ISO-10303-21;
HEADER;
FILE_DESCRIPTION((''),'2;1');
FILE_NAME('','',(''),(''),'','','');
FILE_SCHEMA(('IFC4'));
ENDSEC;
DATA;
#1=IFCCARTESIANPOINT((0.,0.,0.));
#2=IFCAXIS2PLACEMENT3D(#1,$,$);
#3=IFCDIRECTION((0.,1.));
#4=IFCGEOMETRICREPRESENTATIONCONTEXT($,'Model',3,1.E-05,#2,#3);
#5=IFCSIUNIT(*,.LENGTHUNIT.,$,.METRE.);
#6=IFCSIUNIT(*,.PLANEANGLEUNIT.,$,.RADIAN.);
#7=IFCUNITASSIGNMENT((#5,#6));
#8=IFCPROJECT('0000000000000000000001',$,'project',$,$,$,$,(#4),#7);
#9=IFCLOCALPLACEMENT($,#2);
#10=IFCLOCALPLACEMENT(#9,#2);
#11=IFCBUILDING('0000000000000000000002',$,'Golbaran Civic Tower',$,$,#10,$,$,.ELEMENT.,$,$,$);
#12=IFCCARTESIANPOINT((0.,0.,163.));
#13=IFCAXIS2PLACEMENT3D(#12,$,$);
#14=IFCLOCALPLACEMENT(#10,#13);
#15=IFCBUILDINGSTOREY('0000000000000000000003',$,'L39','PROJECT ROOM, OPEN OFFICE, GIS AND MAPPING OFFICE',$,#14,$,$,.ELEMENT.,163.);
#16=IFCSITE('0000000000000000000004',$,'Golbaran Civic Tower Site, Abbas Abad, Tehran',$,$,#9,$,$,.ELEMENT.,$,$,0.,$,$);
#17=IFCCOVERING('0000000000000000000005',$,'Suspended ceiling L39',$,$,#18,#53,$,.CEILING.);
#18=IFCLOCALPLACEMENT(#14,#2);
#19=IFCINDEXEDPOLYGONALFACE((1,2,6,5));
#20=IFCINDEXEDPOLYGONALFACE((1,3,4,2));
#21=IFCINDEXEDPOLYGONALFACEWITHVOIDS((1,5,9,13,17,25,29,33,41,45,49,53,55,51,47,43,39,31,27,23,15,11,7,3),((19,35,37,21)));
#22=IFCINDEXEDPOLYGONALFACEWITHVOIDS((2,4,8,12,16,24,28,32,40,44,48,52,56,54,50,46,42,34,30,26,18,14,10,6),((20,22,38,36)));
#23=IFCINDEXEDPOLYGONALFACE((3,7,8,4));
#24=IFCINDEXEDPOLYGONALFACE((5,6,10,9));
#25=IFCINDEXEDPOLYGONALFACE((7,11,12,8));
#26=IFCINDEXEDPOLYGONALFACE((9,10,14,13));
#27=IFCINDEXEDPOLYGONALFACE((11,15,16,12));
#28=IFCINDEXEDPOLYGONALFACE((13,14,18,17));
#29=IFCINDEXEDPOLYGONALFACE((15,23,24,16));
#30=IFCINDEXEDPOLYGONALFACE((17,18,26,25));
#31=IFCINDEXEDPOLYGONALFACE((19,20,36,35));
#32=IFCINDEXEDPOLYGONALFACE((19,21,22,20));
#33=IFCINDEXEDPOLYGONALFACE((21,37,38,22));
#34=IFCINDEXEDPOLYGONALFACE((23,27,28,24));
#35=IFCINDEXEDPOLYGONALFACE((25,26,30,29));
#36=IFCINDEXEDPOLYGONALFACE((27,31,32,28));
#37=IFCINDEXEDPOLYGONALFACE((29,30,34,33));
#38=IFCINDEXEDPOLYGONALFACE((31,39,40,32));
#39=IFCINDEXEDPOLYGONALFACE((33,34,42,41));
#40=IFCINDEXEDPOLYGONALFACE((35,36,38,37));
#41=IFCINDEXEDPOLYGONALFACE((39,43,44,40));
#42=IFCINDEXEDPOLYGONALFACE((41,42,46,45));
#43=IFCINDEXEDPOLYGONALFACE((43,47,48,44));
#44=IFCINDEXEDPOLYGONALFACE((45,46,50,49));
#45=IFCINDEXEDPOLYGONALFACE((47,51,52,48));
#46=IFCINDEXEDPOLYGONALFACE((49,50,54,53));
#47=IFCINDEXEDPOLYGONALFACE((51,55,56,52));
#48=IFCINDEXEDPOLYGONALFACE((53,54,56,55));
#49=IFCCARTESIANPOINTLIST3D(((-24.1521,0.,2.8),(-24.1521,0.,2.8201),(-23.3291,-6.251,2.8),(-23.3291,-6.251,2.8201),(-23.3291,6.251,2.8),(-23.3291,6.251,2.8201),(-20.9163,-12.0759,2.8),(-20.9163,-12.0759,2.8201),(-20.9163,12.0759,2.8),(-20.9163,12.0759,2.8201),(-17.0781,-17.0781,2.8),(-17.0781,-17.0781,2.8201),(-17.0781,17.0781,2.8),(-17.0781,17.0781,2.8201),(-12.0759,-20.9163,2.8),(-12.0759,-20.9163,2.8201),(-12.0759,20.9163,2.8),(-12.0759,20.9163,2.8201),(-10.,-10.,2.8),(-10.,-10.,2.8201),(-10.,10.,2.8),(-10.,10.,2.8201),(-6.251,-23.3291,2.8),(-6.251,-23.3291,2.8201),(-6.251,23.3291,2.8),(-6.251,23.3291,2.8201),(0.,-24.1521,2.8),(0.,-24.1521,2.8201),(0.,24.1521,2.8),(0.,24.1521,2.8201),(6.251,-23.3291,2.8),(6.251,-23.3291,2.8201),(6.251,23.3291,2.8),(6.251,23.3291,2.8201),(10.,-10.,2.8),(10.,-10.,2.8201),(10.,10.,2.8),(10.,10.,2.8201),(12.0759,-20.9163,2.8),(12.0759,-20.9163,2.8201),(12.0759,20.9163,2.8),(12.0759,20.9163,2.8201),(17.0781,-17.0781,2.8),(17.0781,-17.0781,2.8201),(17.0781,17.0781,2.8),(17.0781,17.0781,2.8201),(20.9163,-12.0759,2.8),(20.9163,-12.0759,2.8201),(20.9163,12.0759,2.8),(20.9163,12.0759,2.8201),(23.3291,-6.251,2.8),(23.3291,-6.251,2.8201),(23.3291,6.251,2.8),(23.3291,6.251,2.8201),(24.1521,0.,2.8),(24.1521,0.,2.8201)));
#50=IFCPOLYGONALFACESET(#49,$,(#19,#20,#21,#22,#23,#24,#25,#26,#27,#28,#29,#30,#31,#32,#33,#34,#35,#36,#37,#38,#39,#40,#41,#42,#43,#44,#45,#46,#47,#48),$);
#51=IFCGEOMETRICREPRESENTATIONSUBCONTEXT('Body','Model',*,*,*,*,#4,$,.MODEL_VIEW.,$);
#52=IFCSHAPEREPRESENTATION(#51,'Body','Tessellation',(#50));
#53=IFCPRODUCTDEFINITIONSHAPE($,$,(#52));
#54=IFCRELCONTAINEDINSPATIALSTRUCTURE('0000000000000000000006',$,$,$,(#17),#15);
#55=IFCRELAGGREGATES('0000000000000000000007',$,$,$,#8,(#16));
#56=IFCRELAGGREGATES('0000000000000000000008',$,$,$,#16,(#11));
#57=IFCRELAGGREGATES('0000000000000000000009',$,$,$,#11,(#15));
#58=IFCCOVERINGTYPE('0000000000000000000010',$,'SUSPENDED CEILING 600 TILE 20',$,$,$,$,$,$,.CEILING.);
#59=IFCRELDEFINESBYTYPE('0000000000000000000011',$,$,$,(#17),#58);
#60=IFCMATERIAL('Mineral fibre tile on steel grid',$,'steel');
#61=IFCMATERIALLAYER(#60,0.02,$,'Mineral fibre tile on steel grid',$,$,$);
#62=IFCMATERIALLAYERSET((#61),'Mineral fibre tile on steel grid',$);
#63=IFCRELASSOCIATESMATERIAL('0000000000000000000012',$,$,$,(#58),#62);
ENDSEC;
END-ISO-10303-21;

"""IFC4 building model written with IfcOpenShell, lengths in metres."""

from ifc_helpers import new_model, si_unit, direction, frame, origin, place, context, subcontext, project, spatial, polyline, outline, extrude, material, layer, layer_set, type_object, element, save


model = new_model("IFC4")

# Units and contexts
model_context = context("Model", 3, precision=1e-05, world=origin(), true_north=direction((0.0, 1.0)))
body_context = subcontext(model_context, "Body", "Model", "MODEL_VIEW")
ifc_project = project(units=[si_unit("LENGTHUNIT", "METRE"), si_unit("PLANEANGLEUNIT", "RADIAN")], contexts=[model_context])

# Site, building, storey
site_placement = place(None, origin())
site = spatial("IfcSite", under=ifc_project, at=site_placement, Name="Golbaran Civic Tower Site, Abbas Abad, Tehran", CompositionType="ELEMENT", RefElevation=0.0)
building_placement = place(site_placement, origin())
building = spatial("IfcBuilding", under=site, at=building_placement, Name="Golbaran Civic Tower", CompositionType="ELEMENT")
storey_placement = place(building_placement, frame((0.0, 0.0, 163.0)))
storey = spatial("IfcBuildingStorey", under=building, at=storey_placement, Name="L39", Description="PROJECT ROOM, OPEN OFFICE, GIS AND MAPPING OFFICE", CompositionType="ELEMENT", Elevation=163.0)

# Covering
ifc_material_1 = material(Name="Mineral fibre tile on steel grid", Category="steel")
ifc_layer_1 = layer(ifc_material_1, 0.02, Name="Mineral fibre tile on steel grid")
ifc_layer_set_1 = layer_set([ifc_layer_1], Name="Mineral fibre tile on steel grid")
covering_type = type_object("IfcCoveringType", Name="SUSPENDED CEILING 600 TILE 20", PredefinedType="CEILING", material=ifc_layer_set_1)
covering_placement = place(storey_placement, frame((0.0, 0.0, 2.8)))
element("IfcCovering", 1, at=covering_placement, inside=storey, type_object=covering_type, Name="Suspended ceiling L39", PredefinedType="CEILING", context=body_context, shape_type="SweptSolid", body=[
    extrude(outline(polyline([(-12.0759, 20.9163), (-6.251, 23.3291), (0.0, 24.1521), (6.251, 23.3291), (12.0759, 20.9163), (17.0781, 17.0781), (20.9163, 12.0759), (23.3291, 6.251), (24.1521, 0.0), (23.3291, -6.251), (20.9163, -12.0759), (17.0781, -17.0781), (12.0759, -20.9163), (6.251, -23.3291), (0.0, -24.1521), (-6.251, -23.3291), (-12.0759, -20.9163), (-17.0781, -17.0781), (-20.9163, -12.0759), (-23.3291, -6.251), (-24.1521, 0.0), (-23.3291, 6.251), (-20.9163, 12.0759), (-17.0781, 17.0781), (-12.0759, 20.9163)]), holes=[polyline([(10.0, 10.0), (-10.0, 10.0), (-10.0, -10.0), (10.0, -10.0), (10.0, 10.0)])]), origin(), (0.0, 0.0, 1.0), 0.02),
])

save(model, "model.ifc")
